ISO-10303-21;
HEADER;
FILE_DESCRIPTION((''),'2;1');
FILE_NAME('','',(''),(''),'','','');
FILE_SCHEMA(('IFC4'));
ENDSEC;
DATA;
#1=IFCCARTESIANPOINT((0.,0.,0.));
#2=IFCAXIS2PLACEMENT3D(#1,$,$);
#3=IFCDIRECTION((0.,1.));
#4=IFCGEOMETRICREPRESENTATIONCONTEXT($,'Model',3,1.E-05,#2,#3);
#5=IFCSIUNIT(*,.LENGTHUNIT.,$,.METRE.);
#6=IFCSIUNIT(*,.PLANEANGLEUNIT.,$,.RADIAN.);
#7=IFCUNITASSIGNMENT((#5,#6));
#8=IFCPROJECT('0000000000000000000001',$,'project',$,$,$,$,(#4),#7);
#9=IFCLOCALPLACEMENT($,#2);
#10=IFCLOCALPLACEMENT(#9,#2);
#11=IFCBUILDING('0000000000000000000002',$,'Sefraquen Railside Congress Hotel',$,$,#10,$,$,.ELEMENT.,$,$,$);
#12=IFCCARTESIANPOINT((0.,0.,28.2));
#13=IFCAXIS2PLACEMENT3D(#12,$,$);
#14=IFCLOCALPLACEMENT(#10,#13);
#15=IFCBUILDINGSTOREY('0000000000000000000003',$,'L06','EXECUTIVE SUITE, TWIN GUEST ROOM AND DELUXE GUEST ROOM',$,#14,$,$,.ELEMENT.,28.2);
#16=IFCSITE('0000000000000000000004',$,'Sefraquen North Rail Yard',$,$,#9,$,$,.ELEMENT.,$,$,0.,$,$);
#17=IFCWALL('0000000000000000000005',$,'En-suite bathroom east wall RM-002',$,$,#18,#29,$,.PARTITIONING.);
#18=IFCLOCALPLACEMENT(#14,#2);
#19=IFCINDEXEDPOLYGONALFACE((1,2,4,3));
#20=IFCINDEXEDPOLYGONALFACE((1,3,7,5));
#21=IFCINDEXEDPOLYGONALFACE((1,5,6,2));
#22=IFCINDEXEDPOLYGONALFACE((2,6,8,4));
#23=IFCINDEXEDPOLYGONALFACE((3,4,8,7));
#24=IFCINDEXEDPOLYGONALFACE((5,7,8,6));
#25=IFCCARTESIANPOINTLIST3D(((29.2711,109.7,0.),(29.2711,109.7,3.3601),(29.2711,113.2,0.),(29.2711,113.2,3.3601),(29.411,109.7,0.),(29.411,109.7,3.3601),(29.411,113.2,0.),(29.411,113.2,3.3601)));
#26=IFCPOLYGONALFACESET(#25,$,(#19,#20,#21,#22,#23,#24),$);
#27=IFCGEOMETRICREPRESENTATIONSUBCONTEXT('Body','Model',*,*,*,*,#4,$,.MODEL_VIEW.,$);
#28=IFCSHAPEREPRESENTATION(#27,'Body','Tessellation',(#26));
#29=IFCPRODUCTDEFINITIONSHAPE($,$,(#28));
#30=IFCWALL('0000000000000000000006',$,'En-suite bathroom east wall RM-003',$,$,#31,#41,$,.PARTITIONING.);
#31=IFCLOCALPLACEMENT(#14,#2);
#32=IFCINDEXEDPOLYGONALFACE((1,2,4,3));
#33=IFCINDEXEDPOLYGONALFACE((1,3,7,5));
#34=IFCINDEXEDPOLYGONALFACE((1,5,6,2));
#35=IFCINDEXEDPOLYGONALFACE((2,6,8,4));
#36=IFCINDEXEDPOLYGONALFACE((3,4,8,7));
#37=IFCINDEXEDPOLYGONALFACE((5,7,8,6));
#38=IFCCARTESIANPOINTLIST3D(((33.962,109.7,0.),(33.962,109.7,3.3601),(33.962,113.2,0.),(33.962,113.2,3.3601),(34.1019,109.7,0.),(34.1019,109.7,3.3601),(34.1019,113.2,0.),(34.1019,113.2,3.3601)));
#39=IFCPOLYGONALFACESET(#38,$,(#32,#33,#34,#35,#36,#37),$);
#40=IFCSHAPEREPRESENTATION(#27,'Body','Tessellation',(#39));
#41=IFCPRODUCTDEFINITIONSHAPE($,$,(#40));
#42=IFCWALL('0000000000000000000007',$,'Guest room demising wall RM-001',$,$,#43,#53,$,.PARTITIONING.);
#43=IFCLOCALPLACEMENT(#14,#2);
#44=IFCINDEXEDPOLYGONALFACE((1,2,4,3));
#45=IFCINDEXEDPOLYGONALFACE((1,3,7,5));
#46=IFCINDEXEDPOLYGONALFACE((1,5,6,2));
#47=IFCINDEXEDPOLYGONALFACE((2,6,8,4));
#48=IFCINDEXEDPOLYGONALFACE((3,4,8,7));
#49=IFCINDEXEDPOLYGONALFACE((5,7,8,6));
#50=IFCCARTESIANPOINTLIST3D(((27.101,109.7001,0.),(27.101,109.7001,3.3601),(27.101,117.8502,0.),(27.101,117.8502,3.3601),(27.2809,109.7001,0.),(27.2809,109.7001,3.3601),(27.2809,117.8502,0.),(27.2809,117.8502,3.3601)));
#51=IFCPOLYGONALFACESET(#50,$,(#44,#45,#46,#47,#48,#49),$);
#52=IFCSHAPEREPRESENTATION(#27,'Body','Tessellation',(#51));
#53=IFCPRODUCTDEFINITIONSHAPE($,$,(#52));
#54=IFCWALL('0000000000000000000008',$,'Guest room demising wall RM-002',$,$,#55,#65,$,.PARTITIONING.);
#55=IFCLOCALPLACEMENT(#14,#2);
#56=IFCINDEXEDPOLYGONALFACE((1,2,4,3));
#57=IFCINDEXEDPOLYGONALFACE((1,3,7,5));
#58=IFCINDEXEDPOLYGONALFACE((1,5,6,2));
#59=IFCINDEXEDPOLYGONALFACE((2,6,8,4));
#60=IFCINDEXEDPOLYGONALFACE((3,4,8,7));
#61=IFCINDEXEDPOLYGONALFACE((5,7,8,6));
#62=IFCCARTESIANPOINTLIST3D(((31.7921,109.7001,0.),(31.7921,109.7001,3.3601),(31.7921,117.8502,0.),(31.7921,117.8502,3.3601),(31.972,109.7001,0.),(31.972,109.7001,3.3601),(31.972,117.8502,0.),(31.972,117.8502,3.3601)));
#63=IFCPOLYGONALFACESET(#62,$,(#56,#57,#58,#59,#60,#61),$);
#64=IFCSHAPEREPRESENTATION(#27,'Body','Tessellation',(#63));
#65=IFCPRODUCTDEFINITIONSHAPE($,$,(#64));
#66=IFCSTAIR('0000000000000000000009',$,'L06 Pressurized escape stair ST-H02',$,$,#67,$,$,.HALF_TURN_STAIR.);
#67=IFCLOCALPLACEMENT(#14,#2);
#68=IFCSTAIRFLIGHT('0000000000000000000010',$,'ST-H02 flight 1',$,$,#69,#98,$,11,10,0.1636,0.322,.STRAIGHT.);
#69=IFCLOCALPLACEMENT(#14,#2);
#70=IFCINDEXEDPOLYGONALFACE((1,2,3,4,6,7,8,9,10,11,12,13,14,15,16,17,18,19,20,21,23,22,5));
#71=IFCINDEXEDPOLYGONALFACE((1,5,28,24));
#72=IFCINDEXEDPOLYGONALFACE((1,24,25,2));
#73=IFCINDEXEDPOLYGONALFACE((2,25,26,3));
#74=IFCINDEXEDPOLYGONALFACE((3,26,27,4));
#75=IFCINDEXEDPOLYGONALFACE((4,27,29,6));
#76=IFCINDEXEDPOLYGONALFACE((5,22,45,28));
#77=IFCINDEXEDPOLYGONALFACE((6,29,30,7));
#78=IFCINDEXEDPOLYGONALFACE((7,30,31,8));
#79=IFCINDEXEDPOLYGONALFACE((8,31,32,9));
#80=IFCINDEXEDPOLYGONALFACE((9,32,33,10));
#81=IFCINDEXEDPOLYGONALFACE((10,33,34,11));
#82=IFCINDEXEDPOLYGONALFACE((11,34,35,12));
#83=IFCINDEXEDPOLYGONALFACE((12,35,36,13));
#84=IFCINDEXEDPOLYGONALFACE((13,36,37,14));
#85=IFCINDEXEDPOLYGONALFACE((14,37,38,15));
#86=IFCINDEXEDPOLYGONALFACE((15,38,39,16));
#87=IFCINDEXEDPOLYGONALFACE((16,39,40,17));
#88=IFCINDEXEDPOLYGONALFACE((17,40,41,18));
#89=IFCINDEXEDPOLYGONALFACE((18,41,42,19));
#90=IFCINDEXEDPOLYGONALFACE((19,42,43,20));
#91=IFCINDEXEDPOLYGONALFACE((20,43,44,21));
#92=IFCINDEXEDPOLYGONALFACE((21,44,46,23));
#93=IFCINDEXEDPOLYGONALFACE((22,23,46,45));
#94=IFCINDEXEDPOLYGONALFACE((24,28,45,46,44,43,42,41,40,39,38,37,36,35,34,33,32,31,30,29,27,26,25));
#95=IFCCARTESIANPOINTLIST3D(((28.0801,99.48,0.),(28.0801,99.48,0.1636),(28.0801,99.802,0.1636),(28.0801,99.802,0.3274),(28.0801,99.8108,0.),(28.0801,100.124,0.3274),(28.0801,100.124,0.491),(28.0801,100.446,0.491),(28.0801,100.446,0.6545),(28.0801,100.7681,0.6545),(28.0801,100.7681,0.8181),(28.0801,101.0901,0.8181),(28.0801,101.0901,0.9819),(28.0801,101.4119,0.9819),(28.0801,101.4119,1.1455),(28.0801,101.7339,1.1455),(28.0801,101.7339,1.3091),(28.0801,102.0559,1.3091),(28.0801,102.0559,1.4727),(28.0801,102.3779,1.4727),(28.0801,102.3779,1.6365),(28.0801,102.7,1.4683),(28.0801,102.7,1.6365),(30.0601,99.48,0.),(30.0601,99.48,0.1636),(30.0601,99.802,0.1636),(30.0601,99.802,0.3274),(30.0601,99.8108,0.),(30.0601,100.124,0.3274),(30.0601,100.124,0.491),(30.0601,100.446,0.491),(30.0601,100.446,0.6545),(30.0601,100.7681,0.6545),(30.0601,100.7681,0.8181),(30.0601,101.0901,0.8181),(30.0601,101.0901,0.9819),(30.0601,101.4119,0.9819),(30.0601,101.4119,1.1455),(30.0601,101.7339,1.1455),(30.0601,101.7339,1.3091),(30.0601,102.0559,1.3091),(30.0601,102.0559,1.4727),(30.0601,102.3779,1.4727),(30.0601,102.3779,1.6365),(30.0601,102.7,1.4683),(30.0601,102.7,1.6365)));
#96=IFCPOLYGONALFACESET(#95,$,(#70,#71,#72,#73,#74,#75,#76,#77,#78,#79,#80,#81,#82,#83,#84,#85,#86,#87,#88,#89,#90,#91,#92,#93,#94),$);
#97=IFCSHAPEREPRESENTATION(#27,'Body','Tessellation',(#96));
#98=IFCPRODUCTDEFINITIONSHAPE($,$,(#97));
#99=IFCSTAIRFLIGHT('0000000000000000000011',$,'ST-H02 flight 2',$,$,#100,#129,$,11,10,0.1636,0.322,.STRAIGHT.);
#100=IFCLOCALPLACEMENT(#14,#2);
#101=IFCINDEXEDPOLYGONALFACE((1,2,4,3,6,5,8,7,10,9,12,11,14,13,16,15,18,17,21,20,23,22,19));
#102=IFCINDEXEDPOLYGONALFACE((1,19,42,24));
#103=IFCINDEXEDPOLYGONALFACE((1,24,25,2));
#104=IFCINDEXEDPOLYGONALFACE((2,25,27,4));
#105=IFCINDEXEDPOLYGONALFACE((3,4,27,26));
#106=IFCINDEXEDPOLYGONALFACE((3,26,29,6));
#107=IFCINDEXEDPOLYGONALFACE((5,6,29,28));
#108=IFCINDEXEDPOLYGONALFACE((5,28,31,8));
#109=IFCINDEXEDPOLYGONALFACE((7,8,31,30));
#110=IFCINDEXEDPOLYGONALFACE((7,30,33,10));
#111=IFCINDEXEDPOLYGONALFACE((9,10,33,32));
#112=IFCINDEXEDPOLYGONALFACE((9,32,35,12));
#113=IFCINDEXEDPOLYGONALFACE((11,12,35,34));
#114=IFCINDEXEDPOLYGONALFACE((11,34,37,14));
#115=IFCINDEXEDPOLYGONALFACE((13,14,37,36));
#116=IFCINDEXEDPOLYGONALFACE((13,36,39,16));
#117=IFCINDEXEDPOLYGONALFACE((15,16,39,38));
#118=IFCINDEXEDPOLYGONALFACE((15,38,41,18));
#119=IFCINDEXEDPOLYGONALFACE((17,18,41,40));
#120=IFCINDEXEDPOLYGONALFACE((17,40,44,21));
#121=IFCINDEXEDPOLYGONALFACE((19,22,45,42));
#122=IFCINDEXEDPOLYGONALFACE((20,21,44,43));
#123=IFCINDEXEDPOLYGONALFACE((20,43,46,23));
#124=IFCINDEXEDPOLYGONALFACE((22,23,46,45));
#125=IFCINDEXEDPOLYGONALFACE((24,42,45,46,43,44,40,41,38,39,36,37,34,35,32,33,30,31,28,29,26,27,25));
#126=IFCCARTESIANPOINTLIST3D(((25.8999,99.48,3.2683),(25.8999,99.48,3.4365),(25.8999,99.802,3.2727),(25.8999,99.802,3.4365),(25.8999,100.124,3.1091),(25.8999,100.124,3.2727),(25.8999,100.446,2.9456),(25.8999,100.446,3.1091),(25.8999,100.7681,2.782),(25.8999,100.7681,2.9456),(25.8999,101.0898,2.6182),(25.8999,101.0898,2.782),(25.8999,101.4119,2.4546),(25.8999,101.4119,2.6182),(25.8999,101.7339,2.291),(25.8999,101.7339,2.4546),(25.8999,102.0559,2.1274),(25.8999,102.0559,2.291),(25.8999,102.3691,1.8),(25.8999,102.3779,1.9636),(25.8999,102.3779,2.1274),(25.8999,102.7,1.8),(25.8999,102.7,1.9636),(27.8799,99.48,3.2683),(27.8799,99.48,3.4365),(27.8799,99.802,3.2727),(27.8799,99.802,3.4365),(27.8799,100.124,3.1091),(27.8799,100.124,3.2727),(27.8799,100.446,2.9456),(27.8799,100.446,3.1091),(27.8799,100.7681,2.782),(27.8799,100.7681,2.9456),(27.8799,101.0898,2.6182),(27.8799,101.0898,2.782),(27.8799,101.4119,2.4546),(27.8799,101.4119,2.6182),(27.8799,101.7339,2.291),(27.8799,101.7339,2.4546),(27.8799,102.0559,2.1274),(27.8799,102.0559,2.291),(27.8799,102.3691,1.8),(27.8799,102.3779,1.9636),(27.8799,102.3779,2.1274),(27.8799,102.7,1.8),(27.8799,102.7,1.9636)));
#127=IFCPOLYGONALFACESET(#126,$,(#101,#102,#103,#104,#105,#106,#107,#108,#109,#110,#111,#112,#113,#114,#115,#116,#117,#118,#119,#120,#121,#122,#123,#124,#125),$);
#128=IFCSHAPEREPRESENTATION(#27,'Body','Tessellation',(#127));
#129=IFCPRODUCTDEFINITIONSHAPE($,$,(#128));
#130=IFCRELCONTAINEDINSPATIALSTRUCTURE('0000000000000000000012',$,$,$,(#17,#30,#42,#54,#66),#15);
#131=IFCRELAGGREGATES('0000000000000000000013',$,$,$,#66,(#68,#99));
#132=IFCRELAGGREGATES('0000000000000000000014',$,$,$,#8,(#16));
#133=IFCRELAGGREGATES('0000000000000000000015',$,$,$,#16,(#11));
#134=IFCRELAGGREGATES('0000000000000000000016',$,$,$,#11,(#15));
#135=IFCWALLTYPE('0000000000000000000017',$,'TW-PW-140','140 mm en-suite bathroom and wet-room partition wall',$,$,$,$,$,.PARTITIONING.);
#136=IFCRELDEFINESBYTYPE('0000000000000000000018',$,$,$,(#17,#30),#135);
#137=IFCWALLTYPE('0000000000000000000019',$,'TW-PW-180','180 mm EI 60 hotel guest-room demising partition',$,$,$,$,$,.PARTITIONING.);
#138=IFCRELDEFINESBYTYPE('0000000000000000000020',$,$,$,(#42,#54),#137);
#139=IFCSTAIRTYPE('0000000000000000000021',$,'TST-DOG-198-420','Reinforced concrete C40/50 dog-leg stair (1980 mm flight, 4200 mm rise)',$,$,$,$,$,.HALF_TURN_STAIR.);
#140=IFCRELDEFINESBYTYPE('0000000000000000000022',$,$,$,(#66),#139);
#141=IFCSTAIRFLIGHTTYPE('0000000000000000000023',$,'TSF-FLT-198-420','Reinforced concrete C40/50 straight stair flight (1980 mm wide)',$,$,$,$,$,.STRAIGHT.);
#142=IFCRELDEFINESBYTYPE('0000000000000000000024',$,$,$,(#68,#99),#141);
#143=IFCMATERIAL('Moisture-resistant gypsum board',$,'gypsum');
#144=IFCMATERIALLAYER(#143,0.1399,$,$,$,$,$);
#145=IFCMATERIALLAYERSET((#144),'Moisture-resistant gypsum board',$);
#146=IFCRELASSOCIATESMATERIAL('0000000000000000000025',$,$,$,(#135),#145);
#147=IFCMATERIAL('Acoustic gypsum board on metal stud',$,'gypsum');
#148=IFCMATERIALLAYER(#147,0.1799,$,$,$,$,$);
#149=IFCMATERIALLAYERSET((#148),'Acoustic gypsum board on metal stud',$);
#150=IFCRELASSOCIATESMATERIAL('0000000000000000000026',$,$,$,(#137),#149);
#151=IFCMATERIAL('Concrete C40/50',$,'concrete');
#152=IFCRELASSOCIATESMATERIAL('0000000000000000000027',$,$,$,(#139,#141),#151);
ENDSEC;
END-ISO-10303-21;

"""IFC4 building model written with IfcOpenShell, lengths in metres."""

from ifc_helpers import new_model, si_unit, direction, frame, frame_2d, origin, place, context, subcontext, project, spatial, polyline, rectangle, outline, extrude, material, layer, layer_set, type_object, element, aggregate, save


model = new_model("IFC4")

# Units and contexts
model_context = context("Model", 3, precision=1e-05, world=origin(), true_north=direction((0.0, 1.0)))
body_context = subcontext(model_context, "Body", "Model", "MODEL_VIEW")
ifc_project = project(units=[si_unit("LENGTHUNIT", "METRE"), si_unit("PLANEANGLEUNIT", "RADIAN")], contexts=[model_context])

# Site, building, storey
site_placement = place(None, origin())
site = spatial("IfcSite", under=ifc_project, at=site_placement, Name="Sefraquen North Rail Yard", CompositionType="ELEMENT", RefElevation=0.0)
building_placement = place(site_placement, origin())
building = spatial("IfcBuilding", under=site, at=building_placement, Name="Sefraquen Railside Congress Hotel", CompositionType="ELEMENT")
storey_placement = place(building_placement, frame((0.0, 0.0, 28.2)))
storey = spatial("IfcBuildingStorey", under=building, at=storey_placement, Name="L06", Description="EXECUTIVE SUITE, TWIN GUEST ROOM AND DELUXE GUEST ROOM", CompositionType="ELEMENT", Elevation=28.2)

# Shared definitions
ifc_material_1 = material(Name="Concrete C40/50", Category="concrete")

# Walls
ifc_material_2 = material(Name="Moisture-resistant gypsum board", Category="gypsum")
ifc_layer_1 = layer(ifc_material_2, 0.1399)
ifc_layer_set_1 = layer_set([ifc_layer_1], Name="Moisture-resistant gypsum board")
wall_type_1 = type_object("IfcWallType", Name="TW-PW-140", Description="140 mm en-suite bathroom and wet-room partition wall", PredefinedType="PARTITIONING", material=ifc_layer_set_1)
for number, where, z_axis, x_axis, name in (
    (1, (29.3411, 109.7, 0.0), (0.0, 0.0, 1.0), (0.0, 1.0, 0.0), "En-suite bathroom east wall RM-002"),
    (2, (34.032, 109.7, 0.0), (0.0, 0.0, 1.0), (0.0, 1.0, 0.0), "En-suite bathroom east wall RM-003"),
):
    element("IfcWall", number, at=place(storey_placement, frame(where, z_axis=z_axis, x_axis=x_axis)), inside=storey, type_object=wall_type_1, Name=name, PredefinedType="PARTITIONING", context=body_context, shape_type="SweptSolid", body=[
        extrude(rectangle(XDim=3.5, YDim=0.1399, at=frame_2d((1.75, 0.0))), origin(), (0.0, 0.0, 1.0), 3.3601),
    ])
ifc_material_3 = material(Name="Acoustic gypsum board on metal stud", Category="gypsum")
ifc_layer_2 = layer(ifc_material_3, 0.1799)
ifc_layer_set_2 = layer_set([ifc_layer_2], Name="Acoustic gypsum board on metal stud")
wall_type_2 = type_object("IfcWallType", Name="TW-PW-180", Description="180 mm EI 60 hotel guest-room demising partition", PredefinedType="PARTITIONING", material=ifc_layer_set_2)
for number, where, z_axis, x_axis, name in (
    (3, (27.1909, 109.7, 0.0), (0.0, 0.0, 1.0), (0.0, 1.0, 0.0), "Guest room demising wall RM-001"),
    (4, (31.8821, 109.7, 0.0), (0.0, 0.0, 1.0), (0.0, 1.0, 0.0), "Guest room demising wall RM-002"),
):
    element("IfcWall", number, at=place(storey_placement, frame(where, z_axis=z_axis, x_axis=x_axis)), inside=storey, type_object=wall_type_2, Name=name, PredefinedType="PARTITIONING", context=body_context, shape_type="SweptSolid", body=[
        extrude(rectangle(XDim=8.1501, YDim=0.1799, at=frame_2d((4.0752, 0.0))), origin(), (0.0, 0.0, 1.0), 3.3601),
    ])

# Stair, stair flights
stair_type = type_object("IfcStairType", Name="TST-DOG-198-420", Description="Reinforced concrete C40/50 dog-leg stair (1980 mm flight, 4200 mm rise)", PredefinedType="HALF_TURN_STAIR", material=ifc_material_1)
stair_placement = place(storey_placement, origin())
stair = element("IfcStair", 5, at=stair_placement, inside=storey, type_object=stair_type, Name="L06 Pressurized escape stair ST-H02", PredefinedType="HALF_TURN_STAIR")
stair_flight_type = type_object("IfcStairFlightType", Name="TSF-FLT-198-420", Description="Reinforced concrete C40/50 straight stair flight (1980 mm wide)", PredefinedType="STRAIGHT", material=ifc_material_1)
stair_flight_1_placement = place(storey_placement, frame((29.0701, 99.48, 0.0), z_axis=(0.0, 0.0, 1.0), x_axis=(0.0, 1.0, 0.0)))
stair_flight_1 = element("IfcStairFlight", 6, at=stair_flight_1_placement, type_object=stair_flight_type, Name="ST-H02 flight 1", NumberOfRisers=11, NumberOfTreads=10, PredefinedType="STRAIGHT", RiserHeight=0.1636, TreadLength=0.322, context=body_context, shape_type="SweptSolid", body=[
    extrude(outline(polyline([(0.0, 0.0), (0.0, 0.1636), (0.322, 0.1636), (0.322, 0.3274), (0.644, 0.3274), (0.644, 0.491), (0.9661, 0.491), (0.9661, 0.6545), (1.2881, 0.6545), (1.2881, 0.8181), (1.6101, 0.8181), (1.6101, 0.9819), (1.9319, 0.9819), (1.9319, 1.1455), (2.2539, 1.1455), (2.2539, 1.3091), (2.5759, 1.3091), (2.5759, 1.4727), (2.8979, 1.4727), (2.8979, 1.6365), (3.22, 1.6365), (3.22, 1.8), (3.22, 1.4683), (0.3308, 0.0), (0.0, 0.0)])), frame((0.0, 0.99, 0.0), z_axis=(0.0, -1.0, 0.0), x_axis=(1.0, 0.0, 0.0)), (0.0, 0.0, 1.0), 1.98),
])
stair_flight_2_placement = place(storey_placement, frame((26.8899, 102.7, 1.8), z_axis=(0.0, 0.0, 1.0), x_axis=(0.0, -1.0, 0.0)))
stair_flight_2 = element("IfcStairFlight", 7, at=stair_flight_2_placement, type_object=stair_flight_type, Name="ST-H02 flight 2", NumberOfRisers=11, NumberOfTreads=10, PredefinedType="STRAIGHT", RiserHeight=0.1636, TreadLength=0.322, context=body_context, shape_type="SweptSolid", body=[
    extrude(outline(polyline([(0.0, 0.0), (0.0, 0.1636), (0.322, 0.1636), (0.322, 0.3274), (0.644, 0.3274), (0.644, 0.491), (0.9661, 0.491), (0.9661, 0.6545), (1.2881, 0.6545), (1.2881, 0.8181), (1.6101, 0.8181), (1.6101, 0.9819), (1.9319, 0.9819), (1.9319, 1.1455), (2.2539, 1.1455), (2.2539, 1.3091), (2.5759, 1.3091), (2.5759, 1.4727), (2.8979, 1.4727), (2.8979, 1.6365), (3.22, 1.6365), (3.22, 1.8), (3.22, 1.4683), (0.3308, 0.0), (0.0, 0.0)])), frame((0.0, 0.99, 0.0), z_axis=(0.0, -1.0, 0.0), x_axis=(1.0, 0.0, 0.0)), (0.0, 0.0, 1.0), 1.98),
])
aggregate(stair, [stair_flight_1, stair_flight_2])

save(model, "model.ifc")
